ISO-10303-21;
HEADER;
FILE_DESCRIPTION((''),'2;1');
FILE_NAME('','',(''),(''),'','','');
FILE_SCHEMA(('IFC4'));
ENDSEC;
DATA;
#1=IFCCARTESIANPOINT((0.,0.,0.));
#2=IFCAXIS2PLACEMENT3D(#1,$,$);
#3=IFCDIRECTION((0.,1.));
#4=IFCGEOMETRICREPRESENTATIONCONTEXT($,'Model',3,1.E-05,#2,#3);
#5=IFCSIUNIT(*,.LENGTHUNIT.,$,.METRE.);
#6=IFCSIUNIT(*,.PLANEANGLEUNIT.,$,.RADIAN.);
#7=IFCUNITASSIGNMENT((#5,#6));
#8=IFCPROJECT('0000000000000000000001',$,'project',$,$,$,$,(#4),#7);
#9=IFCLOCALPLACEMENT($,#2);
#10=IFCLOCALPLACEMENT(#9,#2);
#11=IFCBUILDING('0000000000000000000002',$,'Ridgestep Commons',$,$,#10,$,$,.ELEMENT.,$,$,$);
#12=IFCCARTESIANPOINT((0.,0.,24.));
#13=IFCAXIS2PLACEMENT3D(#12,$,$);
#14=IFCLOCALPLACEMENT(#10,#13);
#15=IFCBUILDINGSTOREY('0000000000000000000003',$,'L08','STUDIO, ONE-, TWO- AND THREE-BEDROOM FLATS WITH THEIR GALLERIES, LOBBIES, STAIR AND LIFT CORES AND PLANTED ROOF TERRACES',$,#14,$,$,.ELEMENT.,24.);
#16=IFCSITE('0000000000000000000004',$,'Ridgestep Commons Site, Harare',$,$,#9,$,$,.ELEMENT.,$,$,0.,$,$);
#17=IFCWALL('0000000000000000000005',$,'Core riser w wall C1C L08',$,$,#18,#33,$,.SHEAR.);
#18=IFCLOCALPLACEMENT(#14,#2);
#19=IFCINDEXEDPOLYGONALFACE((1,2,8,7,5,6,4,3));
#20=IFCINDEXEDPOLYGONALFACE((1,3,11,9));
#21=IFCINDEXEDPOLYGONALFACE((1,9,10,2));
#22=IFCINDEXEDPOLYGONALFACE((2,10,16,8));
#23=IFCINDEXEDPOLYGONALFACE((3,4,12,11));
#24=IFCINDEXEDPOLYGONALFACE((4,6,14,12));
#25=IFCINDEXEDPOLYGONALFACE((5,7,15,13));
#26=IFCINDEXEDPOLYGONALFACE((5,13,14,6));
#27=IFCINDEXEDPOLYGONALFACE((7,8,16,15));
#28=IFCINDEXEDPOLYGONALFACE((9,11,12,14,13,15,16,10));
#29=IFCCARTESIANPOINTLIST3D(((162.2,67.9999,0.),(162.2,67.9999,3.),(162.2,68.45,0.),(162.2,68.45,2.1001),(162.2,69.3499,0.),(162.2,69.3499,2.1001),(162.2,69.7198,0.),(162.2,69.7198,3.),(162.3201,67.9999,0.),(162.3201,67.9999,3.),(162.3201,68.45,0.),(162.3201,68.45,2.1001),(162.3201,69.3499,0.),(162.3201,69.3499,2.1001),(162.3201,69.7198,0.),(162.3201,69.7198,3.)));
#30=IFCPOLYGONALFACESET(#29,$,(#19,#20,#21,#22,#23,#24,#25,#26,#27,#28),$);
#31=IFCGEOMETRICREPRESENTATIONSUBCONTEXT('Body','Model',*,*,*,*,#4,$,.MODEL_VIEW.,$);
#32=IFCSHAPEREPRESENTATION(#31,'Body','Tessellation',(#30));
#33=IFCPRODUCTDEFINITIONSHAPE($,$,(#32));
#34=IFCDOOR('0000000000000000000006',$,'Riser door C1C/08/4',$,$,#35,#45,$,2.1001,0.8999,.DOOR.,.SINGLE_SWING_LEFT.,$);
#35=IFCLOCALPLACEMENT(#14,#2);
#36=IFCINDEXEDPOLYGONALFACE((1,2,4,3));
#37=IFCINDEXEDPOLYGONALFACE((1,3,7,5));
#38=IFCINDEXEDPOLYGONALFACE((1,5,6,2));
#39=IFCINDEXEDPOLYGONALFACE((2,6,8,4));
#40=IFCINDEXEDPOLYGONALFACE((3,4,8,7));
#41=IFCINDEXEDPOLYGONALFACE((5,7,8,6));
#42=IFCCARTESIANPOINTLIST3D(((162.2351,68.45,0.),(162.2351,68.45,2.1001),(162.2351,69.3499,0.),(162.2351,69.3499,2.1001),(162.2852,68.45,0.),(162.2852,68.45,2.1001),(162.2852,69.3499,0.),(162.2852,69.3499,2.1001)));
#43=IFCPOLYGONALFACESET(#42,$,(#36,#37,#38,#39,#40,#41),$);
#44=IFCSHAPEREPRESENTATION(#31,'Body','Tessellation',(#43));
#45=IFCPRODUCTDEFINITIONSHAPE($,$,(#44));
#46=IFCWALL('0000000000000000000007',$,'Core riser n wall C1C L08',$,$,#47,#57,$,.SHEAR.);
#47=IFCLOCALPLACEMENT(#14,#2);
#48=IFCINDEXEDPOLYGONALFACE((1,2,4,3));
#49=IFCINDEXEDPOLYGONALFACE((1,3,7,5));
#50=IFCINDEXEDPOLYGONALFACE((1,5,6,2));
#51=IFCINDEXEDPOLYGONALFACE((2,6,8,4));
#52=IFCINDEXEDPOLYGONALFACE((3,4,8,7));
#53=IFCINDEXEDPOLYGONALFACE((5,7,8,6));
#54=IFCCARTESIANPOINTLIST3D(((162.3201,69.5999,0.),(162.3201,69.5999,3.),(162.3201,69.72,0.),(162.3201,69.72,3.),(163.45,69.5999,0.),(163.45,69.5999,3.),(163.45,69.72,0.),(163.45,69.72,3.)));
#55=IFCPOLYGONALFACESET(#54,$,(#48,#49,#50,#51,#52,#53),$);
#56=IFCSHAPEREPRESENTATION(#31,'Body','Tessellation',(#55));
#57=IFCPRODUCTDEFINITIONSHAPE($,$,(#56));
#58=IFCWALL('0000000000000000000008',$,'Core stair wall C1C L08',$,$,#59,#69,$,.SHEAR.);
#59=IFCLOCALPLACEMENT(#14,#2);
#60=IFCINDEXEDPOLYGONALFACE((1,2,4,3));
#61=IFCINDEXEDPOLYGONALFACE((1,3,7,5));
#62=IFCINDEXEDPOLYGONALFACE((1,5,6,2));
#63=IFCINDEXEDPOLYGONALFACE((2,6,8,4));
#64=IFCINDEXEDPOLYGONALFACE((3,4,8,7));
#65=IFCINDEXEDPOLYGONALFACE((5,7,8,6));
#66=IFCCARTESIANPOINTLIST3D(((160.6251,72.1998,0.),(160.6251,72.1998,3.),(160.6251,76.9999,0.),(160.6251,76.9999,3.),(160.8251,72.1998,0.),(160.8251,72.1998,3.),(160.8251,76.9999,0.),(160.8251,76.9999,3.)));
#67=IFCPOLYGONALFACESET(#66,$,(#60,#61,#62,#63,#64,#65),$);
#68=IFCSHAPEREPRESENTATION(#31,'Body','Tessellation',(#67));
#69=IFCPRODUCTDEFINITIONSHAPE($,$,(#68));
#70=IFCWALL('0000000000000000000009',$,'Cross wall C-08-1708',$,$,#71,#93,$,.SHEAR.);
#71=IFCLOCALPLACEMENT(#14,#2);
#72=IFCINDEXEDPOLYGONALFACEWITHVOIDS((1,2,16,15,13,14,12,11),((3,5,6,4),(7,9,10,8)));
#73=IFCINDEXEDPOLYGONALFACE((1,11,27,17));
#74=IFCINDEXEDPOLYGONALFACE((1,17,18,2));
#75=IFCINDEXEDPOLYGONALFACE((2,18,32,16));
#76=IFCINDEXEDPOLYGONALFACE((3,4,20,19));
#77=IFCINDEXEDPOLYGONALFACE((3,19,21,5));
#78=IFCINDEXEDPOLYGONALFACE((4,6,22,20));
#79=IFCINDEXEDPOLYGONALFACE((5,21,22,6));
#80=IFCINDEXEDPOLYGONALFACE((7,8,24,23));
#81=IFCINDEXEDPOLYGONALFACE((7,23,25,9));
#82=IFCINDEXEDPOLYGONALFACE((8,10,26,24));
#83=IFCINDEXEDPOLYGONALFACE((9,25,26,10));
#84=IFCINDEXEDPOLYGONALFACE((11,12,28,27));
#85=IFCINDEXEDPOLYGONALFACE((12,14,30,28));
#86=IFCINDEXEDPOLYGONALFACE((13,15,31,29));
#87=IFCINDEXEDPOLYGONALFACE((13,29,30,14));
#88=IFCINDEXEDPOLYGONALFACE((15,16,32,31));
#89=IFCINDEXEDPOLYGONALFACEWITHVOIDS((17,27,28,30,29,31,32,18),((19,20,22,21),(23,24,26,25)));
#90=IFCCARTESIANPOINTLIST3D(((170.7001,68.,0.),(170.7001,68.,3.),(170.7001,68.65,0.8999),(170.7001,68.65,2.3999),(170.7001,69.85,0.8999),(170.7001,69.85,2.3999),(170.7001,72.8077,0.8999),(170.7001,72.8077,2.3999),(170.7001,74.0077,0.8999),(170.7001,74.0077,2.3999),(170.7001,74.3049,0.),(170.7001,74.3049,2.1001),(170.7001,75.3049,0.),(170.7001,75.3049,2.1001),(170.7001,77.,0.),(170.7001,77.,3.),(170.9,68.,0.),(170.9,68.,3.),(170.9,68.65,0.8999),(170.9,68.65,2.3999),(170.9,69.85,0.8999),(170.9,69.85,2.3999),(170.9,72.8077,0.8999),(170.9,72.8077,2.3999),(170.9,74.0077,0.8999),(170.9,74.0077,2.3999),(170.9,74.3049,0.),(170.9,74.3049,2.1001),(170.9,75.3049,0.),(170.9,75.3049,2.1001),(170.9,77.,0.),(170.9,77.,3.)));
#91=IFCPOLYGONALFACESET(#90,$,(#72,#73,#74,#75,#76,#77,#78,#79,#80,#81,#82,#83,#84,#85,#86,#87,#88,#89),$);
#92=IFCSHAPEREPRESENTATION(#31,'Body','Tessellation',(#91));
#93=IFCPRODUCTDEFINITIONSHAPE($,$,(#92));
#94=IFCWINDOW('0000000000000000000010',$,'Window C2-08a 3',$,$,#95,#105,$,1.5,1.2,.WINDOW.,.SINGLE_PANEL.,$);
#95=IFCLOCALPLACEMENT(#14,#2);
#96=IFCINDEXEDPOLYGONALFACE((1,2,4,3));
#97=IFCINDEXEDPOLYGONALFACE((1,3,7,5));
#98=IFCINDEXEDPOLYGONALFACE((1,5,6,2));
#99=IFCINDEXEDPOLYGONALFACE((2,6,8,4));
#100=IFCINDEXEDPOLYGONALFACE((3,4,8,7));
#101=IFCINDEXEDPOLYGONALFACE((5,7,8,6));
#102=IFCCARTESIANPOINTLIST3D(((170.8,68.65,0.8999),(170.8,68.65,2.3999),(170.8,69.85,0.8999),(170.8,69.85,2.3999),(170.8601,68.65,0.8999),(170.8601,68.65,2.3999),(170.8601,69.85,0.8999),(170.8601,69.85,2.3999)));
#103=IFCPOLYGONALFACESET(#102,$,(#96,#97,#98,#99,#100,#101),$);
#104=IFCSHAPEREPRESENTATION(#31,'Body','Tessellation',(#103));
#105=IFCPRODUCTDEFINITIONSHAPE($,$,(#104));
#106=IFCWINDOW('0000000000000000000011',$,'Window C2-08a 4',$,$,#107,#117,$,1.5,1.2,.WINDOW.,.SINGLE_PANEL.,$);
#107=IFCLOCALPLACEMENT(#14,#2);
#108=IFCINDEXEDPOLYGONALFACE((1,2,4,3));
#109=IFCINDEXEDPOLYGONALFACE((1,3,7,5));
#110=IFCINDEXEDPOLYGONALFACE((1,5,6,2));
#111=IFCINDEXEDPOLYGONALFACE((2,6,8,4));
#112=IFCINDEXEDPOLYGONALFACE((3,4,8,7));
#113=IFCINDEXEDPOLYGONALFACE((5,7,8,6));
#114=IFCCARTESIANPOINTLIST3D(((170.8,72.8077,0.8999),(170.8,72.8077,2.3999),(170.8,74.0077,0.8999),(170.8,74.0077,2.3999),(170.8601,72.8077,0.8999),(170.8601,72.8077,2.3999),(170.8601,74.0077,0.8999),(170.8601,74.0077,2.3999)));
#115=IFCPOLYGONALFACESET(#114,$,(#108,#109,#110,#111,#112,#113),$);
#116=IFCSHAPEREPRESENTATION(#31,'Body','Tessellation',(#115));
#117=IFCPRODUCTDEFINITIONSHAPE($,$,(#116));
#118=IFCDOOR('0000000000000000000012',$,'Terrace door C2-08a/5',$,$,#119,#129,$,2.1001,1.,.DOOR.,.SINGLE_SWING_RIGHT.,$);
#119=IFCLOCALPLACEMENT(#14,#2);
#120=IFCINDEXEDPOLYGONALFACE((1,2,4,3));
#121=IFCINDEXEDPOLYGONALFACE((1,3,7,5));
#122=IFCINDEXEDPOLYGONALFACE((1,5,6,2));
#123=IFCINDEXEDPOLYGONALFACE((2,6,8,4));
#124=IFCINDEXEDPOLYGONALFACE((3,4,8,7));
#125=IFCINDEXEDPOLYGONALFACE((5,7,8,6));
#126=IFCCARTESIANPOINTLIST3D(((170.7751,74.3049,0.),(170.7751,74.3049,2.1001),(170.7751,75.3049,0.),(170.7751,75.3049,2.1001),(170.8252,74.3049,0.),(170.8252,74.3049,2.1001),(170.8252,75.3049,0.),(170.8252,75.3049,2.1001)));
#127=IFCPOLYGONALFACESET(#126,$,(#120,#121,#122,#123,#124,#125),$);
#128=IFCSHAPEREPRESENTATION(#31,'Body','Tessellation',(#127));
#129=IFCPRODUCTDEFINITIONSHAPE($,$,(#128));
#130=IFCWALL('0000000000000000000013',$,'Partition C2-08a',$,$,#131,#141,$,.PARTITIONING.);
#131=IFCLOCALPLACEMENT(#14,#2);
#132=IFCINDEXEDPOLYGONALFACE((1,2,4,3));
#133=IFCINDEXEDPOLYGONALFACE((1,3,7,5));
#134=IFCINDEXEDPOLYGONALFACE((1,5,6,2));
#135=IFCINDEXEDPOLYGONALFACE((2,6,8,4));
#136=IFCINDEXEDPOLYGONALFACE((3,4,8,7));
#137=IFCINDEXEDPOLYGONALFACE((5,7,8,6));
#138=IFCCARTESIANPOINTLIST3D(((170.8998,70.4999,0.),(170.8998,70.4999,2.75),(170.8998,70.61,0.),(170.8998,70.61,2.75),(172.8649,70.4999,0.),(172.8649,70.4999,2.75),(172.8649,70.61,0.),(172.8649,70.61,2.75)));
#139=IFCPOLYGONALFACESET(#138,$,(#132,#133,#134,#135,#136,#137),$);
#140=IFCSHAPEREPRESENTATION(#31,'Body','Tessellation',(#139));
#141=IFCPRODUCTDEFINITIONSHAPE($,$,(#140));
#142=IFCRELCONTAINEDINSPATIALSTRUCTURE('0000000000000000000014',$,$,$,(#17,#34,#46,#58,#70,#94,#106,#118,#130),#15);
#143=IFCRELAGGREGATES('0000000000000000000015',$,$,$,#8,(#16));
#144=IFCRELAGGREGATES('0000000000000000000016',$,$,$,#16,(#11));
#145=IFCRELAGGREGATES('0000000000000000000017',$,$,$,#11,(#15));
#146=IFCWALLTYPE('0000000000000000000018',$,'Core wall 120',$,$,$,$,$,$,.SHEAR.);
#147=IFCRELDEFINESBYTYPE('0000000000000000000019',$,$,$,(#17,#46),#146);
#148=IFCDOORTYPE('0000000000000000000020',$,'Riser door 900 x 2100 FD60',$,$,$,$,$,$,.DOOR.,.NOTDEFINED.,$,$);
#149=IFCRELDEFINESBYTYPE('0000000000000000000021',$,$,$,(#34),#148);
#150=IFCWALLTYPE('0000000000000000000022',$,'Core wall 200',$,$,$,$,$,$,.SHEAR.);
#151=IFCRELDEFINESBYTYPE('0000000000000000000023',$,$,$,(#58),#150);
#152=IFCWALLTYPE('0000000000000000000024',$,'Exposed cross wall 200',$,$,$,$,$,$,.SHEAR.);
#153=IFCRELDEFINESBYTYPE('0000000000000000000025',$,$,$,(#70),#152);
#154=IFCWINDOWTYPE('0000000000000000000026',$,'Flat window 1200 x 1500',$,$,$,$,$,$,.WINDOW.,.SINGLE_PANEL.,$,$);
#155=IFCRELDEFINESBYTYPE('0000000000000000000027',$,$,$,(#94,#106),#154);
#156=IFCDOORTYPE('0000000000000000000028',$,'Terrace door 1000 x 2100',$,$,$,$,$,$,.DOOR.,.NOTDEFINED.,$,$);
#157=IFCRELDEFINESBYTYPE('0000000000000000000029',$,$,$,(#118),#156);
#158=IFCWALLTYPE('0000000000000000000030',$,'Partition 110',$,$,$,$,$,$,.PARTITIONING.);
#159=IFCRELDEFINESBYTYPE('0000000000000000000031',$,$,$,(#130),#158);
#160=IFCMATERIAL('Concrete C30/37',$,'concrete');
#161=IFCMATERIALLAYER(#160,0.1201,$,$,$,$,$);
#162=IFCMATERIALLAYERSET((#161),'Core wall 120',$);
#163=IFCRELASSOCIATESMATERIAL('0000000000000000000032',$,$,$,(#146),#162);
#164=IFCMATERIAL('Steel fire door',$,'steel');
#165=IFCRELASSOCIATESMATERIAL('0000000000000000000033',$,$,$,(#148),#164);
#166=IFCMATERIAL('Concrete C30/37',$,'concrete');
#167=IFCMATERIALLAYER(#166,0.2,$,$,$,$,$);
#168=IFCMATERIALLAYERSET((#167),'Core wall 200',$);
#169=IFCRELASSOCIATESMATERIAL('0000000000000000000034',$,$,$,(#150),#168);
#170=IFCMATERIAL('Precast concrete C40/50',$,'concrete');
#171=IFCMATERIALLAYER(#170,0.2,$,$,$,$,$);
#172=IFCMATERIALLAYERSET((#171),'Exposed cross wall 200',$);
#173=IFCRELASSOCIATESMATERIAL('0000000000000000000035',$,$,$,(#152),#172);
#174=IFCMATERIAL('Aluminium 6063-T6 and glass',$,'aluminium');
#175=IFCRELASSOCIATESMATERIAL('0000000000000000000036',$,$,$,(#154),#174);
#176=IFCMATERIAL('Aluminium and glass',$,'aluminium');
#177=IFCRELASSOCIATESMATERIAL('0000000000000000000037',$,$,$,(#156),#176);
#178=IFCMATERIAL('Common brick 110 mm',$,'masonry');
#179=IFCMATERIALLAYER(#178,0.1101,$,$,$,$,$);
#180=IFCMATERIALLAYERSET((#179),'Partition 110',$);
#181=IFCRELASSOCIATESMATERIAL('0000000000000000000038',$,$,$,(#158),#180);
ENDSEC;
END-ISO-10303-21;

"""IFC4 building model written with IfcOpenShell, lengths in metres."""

from ifc_helpers import new_model, si_unit, direction, frame, frame_2d, origin, place, context, subcontext, project, spatial, rectangle, extrude, material, layer, layer_set, type_object, element, fill, save


model = new_model("IFC4")

# Units and contexts
model_context = context("Model", 3, precision=1e-05, world=origin(), true_north=direction((0.0, 1.0)))
body_context = subcontext(model_context, "Body", "Model", "MODEL_VIEW")
ifc_project = project(units=[si_unit("LENGTHUNIT", "METRE"), si_unit("PLANEANGLEUNIT", "RADIAN")], contexts=[model_context])

# Site, building, storey
site_placement = place(None, origin())
site = spatial("IfcSite", under=ifc_project, at=site_placement, Name="Ridgestep Commons Site, Harare", CompositionType="ELEMENT", RefElevation=0.0)
building_placement = place(site_placement, origin())
building = spatial("IfcBuilding", under=site, at=building_placement, Name="Ridgestep Commons", CompositionType="ELEMENT")
storey_placement = place(building_placement, frame((0.0, 0.0, 24.0)))
storey = spatial("IfcBuildingStorey", under=building, at=storey_placement, Name="L08", Description="STUDIO, ONE-, TWO- AND THREE-BEDROOM FLATS WITH THEIR GALLERIES, LOBBIES, STAIR AND LIFT CORES AND PLANTED ROOF TERRACES", CompositionType="ELEMENT", Elevation=24.0)

# Wall, opening, door
ifc_material_1 = material(Name="Concrete C30/37", Category="concrete")
ifc_layer_1 = layer(ifc_material_1, 0.1201)
ifc_layer_set_1 = layer_set([ifc_layer_1], Name="Core wall 120")
wall_type_1 = type_object("IfcWallType", Name="Core wall 120", PredefinedType="SHEAR", material=ifc_layer_set_1)
wall_1_placement = place(storey_placement, frame((162.26, 68.0, 0.0), z_axis=(0.0, 0.0, 1.0), x_axis=(0.0, 1.0, 0.0)))
wall_1 = element("IfcWall", 1, at=wall_1_placement, inside=storey, type_object=wall_type_1, Name="Core riser w wall C1C L08", PredefinedType="SHEAR", context=body_context, shape_type="SweptSolid", body=[
    extrude(rectangle(XDim=1.72, YDim=0.1201, at=frame_2d((0.8599, 0.0))), origin(), (0.0, 0.0, 1.0), 3.0),
])
opening_1_placement = place(wall_1_placement, frame((0.45, 0.0, 0.0)))
opening_1 = element("IfcOpeningElement", 2, at=opening_1_placement, cuts=wall_1, PredefinedType="OPENING", context=body_context, shape_type="SweptSolid", body=[
    extrude(rectangle(XDim=0.8999, YDim=2.1001, at=frame_2d((0.45, 1.05))), frame((0.0, 0.0701, 0.0), z_axis=(0.0, -1.0, 0.0), x_axis=(1.0, 0.0, 0.0)), (0.0, 0.0, 1.0), 0.1401),
])
ifc_material_2 = material(Name="Steel fire door", Category="steel")
door_type_1 = type_object("IfcDoorType", Name="Riser door 900 x 2100 FD60", OperationType="NOTDEFINED", PredefinedType="DOOR", material=ifc_material_2)
door_1_placement = place(opening_1_placement, origin())
door_1 = element("IfcDoor", 3, at=door_1_placement, inside=storey, type_object=door_type_1, Name="Riser door C1C/08/4", OperationType="SINGLE_SWING_LEFT", OverallHeight=2.1001, OverallWidth=0.8999, PredefinedType="DOOR", context=body_context, shape_type="SweptSolid", body=[
    extrude(rectangle(XDim=0.8999, YDim=2.1001, at=frame_2d((0.45, 1.05))), frame((0.0, 0.0249, 0.0), z_axis=(0.0, -1.0, 0.0), x_axis=(1.0, 0.0, 0.0)), (0.0, 0.0, 1.0), 0.05),
])
fill(opening_1, door_1)

# Walls
wall_2_placement = place(storey_placement, frame((162.3201, 69.6599, 0.0), z_axis=(0.0, 0.0, 1.0), x_axis=(1.0, 0.0, 0.0)))
element("IfcWall", 4, at=wall_2_placement, inside=storey, type_object=wall_type_1, Name="Core riser n wall C1C L08", PredefinedType="SHEAR", context=body_context, shape_type="SweptSolid", body=[
    extrude(rectangle(XDim=1.1299, YDim=0.1201, at=frame_2d((0.5649, 0.0))), origin(), (0.0, 0.0, 1.0), 3.0),
])
ifc_material_3 = material(Name="Concrete C30/37", Category="concrete")
ifc_layer_2 = layer(ifc_material_3, 0.2)
ifc_layer_set_2 = layer_set([ifc_layer_2], Name="Core wall 200")
wall_type_2 = type_object("IfcWallType", Name="Core wall 200", PredefinedType="SHEAR", material=ifc_layer_set_2)
wall_3_placement = place(storey_placement, frame((160.7251, 72.2, 0.0), z_axis=(0.0, 0.0, 1.0), x_axis=(0.0, 1.0, 0.0)))
element("IfcWall", 5, at=wall_3_placement, inside=storey, type_object=wall_type_2, Name="Core stair wall C1C L08", PredefinedType="SHEAR", context=body_context, shape_type="SweptSolid", body=[
    extrude(rectangle(XDim=4.8, YDim=0.2, at=frame_2d((2.3999, 0.0))), origin(), (0.0, 0.0, 1.0), 3.0),
])

# Wall, openings, windows, door
ifc_material_4 = material(Name="Precast concrete C40/50", Category="concrete")
ifc_layer_3 = layer(ifc_material_4, 0.2)
ifc_layer_set_3 = layer_set([ifc_layer_3], Name="Exposed cross wall 200")
wall_type_3 = type_object("IfcWallType", Name="Exposed cross wall 200", PredefinedType="SHEAR", material=ifc_layer_set_3)
wall_4_placement = place(storey_placement, frame((170.8, 68.0, 0.0), z_axis=(0.0, 0.0, 1.0), x_axis=(0.0, 1.0, 0.0)))
wall_4 = element("IfcWall", 6, at=wall_4_placement, inside=storey, type_object=wall_type_3, Name="Cross wall C-08-1708", PredefinedType="SHEAR", context=body_context, shape_type="SweptSolid", body=[
    extrude(rectangle(XDim=9.0, YDim=0.2, at=frame_2d((4.5, 0.0))), origin(), (0.0, 0.0, 1.0), 3.0),
])
opening_2_placement = place(wall_4_placement, frame((0.6499, 0.0, 0.8999)))
opening_2 = element("IfcOpeningElement", 7, at=opening_2_placement, cuts=wall_4, PredefinedType="OPENING", context=body_context, shape_type="SweptSolid", body=[
    extrude(rectangle(XDim=1.2, YDim=1.5, at=frame_2d((0.6001, 0.75))), frame((0.0, 0.1099, 0.0), z_axis=(0.0, -1.0, 0.0), x_axis=(1.0, 0.0, 0.0)), (0.0, 0.0, 1.0), 0.22),
])
opening_3_placement = place(wall_4_placement, frame((4.8076, 0.0, 0.8999)))
opening_3 = element("IfcOpeningElement", 8, at=opening_3_placement, cuts=wall_4, PredefinedType="OPENING", context=body_context, shape_type="SweptSolid", body=[
    extrude(rectangle(XDim=1.2, YDim=1.5, at=frame_2d((0.6001, 0.75))), frame((0.0, 0.1099, 0.0), z_axis=(0.0, -1.0, 0.0), x_axis=(1.0, 0.0, 0.0)), (0.0, 0.0, 1.0), 0.22),
])
opening_4_placement = place(wall_4_placement, frame((6.3049, 0.0, 0.0)))
opening_4 = element("IfcOpeningElement", 9, at=opening_4_placement, cuts=wall_4, PredefinedType="OPENING", context=body_context, shape_type="SweptSolid", body=[
    extrude(rectangle(XDim=1.0, YDim=2.1001, at=frame_2d((0.5, 1.05))), frame((0.0, 0.1099, 0.0), z_axis=(0.0, -1.0, 0.0), x_axis=(1.0, 0.0, 0.0)), (0.0, 0.0, 1.0), 0.22),
])
ifc_material_5 = material(Name="Aluminium 6063-T6 and glass", Category="aluminium")
window_type_1 = type_object("IfcWindowType", Name="Flat window 1200 x 1500", PartitioningType="SINGLE_PANEL", PredefinedType="WINDOW", material=ifc_material_5)
window_1_placement = place(opening_2_placement, origin())
window_1 = element("IfcWindow", 10, at=window_1_placement, inside=storey, type_object=window_type_1, Name="Window C2-08a 3", OverallHeight=1.5, OverallWidth=1.2, PartitioningType="SINGLE_PANEL", PredefinedType="WINDOW", context=body_context, shape_type="SweptSolid", body=[
    extrude(rectangle(XDim=1.2, YDim=1.5, at=frame_2d((0.6001, 0.75))), frame((0.0, 0.0, 0.0), z_axis=(0.0, -1.0, 0.0), x_axis=(1.0, 0.0, 0.0)), (0.0, 0.0, 1.0), 0.0601),
])
fill(opening_2, window_1)
window_2_placement = place(opening_3_placement, origin())
window_2 = element("IfcWindow", 11, at=window_2_placement, inside=storey, type_object=window_type_1, Name="Window C2-08a 4", OverallHeight=1.5, OverallWidth=1.2, PartitioningType="SINGLE_PANEL", PredefinedType="WINDOW", context=body_context, shape_type="SweptSolid", body=[
    extrude(rectangle(XDim=1.2, YDim=1.5, at=frame_2d((0.6001, 0.75))), frame((0.0, 0.0, 0.0), z_axis=(0.0, -1.0, 0.0), x_axis=(1.0, 0.0, 0.0)), (0.0, 0.0, 1.0), 0.0601),
])
fill(opening_3, window_2)
ifc_material_6 = material(Name="Aluminium and glass", Category="aluminium")
door_type_2 = type_object("IfcDoorType", Name="Terrace door 1000 x 2100", OperationType="NOTDEFINED", PredefinedType="DOOR", material=ifc_material_6)
door_2_placement = place(opening_4_placement, origin())
door_2 = element("IfcDoor", 12, at=door_2_placement, inside=storey, type_object=door_type_2, Name="Terrace door C2-08a/5", OperationType="SINGLE_SWING_RIGHT", OverallHeight=2.1001, OverallWidth=1.0, PredefinedType="DOOR", context=body_context, shape_type="SweptSolid", body=[
    extrude(rectangle(XDim=1.0, YDim=2.1001, at=frame_2d((0.5, 1.05))), frame((0.0, 0.0249, 0.0), z_axis=(0.0, -1.0, 0.0), x_axis=(1.0, 0.0, 0.0)), (0.0, 0.0, 1.0), 0.05),
])
fill(opening_4, door_2)

# Wall
ifc_material_7 = material(Name="Common brick 110 mm", Category="masonry")
ifc_layer_4 = layer(ifc_material_7, 0.1101)
ifc_layer_set_4 = layer_set([ifc_layer_4], Name="Partition 110")
wall_type_4 = type_object("IfcWallType", Name="Partition 110", PredefinedType="PARTITIONING", material=ifc_layer_set_4)
wall_5_placement = place(storey_placement, frame((170.8999, 70.5549, 0.0), z_axis=(0.0, 0.0, 1.0), x_axis=(1.0, 0.0, 0.0)))
element("IfcWall", 13, at=wall_5_placement, inside=storey, type_object=wall_type_4, Name="Partition C2-08a", PredefinedType="PARTITIONING", context=body_context, shape_type="SweptSolid", body=[
    extrude(rectangle(XDim=1.9651, YDim=0.1101, at=frame_2d((0.9824, 0.0))), origin(), (0.0, 0.0, 1.0), 2.75),
])

save(model, "model.ifc")
